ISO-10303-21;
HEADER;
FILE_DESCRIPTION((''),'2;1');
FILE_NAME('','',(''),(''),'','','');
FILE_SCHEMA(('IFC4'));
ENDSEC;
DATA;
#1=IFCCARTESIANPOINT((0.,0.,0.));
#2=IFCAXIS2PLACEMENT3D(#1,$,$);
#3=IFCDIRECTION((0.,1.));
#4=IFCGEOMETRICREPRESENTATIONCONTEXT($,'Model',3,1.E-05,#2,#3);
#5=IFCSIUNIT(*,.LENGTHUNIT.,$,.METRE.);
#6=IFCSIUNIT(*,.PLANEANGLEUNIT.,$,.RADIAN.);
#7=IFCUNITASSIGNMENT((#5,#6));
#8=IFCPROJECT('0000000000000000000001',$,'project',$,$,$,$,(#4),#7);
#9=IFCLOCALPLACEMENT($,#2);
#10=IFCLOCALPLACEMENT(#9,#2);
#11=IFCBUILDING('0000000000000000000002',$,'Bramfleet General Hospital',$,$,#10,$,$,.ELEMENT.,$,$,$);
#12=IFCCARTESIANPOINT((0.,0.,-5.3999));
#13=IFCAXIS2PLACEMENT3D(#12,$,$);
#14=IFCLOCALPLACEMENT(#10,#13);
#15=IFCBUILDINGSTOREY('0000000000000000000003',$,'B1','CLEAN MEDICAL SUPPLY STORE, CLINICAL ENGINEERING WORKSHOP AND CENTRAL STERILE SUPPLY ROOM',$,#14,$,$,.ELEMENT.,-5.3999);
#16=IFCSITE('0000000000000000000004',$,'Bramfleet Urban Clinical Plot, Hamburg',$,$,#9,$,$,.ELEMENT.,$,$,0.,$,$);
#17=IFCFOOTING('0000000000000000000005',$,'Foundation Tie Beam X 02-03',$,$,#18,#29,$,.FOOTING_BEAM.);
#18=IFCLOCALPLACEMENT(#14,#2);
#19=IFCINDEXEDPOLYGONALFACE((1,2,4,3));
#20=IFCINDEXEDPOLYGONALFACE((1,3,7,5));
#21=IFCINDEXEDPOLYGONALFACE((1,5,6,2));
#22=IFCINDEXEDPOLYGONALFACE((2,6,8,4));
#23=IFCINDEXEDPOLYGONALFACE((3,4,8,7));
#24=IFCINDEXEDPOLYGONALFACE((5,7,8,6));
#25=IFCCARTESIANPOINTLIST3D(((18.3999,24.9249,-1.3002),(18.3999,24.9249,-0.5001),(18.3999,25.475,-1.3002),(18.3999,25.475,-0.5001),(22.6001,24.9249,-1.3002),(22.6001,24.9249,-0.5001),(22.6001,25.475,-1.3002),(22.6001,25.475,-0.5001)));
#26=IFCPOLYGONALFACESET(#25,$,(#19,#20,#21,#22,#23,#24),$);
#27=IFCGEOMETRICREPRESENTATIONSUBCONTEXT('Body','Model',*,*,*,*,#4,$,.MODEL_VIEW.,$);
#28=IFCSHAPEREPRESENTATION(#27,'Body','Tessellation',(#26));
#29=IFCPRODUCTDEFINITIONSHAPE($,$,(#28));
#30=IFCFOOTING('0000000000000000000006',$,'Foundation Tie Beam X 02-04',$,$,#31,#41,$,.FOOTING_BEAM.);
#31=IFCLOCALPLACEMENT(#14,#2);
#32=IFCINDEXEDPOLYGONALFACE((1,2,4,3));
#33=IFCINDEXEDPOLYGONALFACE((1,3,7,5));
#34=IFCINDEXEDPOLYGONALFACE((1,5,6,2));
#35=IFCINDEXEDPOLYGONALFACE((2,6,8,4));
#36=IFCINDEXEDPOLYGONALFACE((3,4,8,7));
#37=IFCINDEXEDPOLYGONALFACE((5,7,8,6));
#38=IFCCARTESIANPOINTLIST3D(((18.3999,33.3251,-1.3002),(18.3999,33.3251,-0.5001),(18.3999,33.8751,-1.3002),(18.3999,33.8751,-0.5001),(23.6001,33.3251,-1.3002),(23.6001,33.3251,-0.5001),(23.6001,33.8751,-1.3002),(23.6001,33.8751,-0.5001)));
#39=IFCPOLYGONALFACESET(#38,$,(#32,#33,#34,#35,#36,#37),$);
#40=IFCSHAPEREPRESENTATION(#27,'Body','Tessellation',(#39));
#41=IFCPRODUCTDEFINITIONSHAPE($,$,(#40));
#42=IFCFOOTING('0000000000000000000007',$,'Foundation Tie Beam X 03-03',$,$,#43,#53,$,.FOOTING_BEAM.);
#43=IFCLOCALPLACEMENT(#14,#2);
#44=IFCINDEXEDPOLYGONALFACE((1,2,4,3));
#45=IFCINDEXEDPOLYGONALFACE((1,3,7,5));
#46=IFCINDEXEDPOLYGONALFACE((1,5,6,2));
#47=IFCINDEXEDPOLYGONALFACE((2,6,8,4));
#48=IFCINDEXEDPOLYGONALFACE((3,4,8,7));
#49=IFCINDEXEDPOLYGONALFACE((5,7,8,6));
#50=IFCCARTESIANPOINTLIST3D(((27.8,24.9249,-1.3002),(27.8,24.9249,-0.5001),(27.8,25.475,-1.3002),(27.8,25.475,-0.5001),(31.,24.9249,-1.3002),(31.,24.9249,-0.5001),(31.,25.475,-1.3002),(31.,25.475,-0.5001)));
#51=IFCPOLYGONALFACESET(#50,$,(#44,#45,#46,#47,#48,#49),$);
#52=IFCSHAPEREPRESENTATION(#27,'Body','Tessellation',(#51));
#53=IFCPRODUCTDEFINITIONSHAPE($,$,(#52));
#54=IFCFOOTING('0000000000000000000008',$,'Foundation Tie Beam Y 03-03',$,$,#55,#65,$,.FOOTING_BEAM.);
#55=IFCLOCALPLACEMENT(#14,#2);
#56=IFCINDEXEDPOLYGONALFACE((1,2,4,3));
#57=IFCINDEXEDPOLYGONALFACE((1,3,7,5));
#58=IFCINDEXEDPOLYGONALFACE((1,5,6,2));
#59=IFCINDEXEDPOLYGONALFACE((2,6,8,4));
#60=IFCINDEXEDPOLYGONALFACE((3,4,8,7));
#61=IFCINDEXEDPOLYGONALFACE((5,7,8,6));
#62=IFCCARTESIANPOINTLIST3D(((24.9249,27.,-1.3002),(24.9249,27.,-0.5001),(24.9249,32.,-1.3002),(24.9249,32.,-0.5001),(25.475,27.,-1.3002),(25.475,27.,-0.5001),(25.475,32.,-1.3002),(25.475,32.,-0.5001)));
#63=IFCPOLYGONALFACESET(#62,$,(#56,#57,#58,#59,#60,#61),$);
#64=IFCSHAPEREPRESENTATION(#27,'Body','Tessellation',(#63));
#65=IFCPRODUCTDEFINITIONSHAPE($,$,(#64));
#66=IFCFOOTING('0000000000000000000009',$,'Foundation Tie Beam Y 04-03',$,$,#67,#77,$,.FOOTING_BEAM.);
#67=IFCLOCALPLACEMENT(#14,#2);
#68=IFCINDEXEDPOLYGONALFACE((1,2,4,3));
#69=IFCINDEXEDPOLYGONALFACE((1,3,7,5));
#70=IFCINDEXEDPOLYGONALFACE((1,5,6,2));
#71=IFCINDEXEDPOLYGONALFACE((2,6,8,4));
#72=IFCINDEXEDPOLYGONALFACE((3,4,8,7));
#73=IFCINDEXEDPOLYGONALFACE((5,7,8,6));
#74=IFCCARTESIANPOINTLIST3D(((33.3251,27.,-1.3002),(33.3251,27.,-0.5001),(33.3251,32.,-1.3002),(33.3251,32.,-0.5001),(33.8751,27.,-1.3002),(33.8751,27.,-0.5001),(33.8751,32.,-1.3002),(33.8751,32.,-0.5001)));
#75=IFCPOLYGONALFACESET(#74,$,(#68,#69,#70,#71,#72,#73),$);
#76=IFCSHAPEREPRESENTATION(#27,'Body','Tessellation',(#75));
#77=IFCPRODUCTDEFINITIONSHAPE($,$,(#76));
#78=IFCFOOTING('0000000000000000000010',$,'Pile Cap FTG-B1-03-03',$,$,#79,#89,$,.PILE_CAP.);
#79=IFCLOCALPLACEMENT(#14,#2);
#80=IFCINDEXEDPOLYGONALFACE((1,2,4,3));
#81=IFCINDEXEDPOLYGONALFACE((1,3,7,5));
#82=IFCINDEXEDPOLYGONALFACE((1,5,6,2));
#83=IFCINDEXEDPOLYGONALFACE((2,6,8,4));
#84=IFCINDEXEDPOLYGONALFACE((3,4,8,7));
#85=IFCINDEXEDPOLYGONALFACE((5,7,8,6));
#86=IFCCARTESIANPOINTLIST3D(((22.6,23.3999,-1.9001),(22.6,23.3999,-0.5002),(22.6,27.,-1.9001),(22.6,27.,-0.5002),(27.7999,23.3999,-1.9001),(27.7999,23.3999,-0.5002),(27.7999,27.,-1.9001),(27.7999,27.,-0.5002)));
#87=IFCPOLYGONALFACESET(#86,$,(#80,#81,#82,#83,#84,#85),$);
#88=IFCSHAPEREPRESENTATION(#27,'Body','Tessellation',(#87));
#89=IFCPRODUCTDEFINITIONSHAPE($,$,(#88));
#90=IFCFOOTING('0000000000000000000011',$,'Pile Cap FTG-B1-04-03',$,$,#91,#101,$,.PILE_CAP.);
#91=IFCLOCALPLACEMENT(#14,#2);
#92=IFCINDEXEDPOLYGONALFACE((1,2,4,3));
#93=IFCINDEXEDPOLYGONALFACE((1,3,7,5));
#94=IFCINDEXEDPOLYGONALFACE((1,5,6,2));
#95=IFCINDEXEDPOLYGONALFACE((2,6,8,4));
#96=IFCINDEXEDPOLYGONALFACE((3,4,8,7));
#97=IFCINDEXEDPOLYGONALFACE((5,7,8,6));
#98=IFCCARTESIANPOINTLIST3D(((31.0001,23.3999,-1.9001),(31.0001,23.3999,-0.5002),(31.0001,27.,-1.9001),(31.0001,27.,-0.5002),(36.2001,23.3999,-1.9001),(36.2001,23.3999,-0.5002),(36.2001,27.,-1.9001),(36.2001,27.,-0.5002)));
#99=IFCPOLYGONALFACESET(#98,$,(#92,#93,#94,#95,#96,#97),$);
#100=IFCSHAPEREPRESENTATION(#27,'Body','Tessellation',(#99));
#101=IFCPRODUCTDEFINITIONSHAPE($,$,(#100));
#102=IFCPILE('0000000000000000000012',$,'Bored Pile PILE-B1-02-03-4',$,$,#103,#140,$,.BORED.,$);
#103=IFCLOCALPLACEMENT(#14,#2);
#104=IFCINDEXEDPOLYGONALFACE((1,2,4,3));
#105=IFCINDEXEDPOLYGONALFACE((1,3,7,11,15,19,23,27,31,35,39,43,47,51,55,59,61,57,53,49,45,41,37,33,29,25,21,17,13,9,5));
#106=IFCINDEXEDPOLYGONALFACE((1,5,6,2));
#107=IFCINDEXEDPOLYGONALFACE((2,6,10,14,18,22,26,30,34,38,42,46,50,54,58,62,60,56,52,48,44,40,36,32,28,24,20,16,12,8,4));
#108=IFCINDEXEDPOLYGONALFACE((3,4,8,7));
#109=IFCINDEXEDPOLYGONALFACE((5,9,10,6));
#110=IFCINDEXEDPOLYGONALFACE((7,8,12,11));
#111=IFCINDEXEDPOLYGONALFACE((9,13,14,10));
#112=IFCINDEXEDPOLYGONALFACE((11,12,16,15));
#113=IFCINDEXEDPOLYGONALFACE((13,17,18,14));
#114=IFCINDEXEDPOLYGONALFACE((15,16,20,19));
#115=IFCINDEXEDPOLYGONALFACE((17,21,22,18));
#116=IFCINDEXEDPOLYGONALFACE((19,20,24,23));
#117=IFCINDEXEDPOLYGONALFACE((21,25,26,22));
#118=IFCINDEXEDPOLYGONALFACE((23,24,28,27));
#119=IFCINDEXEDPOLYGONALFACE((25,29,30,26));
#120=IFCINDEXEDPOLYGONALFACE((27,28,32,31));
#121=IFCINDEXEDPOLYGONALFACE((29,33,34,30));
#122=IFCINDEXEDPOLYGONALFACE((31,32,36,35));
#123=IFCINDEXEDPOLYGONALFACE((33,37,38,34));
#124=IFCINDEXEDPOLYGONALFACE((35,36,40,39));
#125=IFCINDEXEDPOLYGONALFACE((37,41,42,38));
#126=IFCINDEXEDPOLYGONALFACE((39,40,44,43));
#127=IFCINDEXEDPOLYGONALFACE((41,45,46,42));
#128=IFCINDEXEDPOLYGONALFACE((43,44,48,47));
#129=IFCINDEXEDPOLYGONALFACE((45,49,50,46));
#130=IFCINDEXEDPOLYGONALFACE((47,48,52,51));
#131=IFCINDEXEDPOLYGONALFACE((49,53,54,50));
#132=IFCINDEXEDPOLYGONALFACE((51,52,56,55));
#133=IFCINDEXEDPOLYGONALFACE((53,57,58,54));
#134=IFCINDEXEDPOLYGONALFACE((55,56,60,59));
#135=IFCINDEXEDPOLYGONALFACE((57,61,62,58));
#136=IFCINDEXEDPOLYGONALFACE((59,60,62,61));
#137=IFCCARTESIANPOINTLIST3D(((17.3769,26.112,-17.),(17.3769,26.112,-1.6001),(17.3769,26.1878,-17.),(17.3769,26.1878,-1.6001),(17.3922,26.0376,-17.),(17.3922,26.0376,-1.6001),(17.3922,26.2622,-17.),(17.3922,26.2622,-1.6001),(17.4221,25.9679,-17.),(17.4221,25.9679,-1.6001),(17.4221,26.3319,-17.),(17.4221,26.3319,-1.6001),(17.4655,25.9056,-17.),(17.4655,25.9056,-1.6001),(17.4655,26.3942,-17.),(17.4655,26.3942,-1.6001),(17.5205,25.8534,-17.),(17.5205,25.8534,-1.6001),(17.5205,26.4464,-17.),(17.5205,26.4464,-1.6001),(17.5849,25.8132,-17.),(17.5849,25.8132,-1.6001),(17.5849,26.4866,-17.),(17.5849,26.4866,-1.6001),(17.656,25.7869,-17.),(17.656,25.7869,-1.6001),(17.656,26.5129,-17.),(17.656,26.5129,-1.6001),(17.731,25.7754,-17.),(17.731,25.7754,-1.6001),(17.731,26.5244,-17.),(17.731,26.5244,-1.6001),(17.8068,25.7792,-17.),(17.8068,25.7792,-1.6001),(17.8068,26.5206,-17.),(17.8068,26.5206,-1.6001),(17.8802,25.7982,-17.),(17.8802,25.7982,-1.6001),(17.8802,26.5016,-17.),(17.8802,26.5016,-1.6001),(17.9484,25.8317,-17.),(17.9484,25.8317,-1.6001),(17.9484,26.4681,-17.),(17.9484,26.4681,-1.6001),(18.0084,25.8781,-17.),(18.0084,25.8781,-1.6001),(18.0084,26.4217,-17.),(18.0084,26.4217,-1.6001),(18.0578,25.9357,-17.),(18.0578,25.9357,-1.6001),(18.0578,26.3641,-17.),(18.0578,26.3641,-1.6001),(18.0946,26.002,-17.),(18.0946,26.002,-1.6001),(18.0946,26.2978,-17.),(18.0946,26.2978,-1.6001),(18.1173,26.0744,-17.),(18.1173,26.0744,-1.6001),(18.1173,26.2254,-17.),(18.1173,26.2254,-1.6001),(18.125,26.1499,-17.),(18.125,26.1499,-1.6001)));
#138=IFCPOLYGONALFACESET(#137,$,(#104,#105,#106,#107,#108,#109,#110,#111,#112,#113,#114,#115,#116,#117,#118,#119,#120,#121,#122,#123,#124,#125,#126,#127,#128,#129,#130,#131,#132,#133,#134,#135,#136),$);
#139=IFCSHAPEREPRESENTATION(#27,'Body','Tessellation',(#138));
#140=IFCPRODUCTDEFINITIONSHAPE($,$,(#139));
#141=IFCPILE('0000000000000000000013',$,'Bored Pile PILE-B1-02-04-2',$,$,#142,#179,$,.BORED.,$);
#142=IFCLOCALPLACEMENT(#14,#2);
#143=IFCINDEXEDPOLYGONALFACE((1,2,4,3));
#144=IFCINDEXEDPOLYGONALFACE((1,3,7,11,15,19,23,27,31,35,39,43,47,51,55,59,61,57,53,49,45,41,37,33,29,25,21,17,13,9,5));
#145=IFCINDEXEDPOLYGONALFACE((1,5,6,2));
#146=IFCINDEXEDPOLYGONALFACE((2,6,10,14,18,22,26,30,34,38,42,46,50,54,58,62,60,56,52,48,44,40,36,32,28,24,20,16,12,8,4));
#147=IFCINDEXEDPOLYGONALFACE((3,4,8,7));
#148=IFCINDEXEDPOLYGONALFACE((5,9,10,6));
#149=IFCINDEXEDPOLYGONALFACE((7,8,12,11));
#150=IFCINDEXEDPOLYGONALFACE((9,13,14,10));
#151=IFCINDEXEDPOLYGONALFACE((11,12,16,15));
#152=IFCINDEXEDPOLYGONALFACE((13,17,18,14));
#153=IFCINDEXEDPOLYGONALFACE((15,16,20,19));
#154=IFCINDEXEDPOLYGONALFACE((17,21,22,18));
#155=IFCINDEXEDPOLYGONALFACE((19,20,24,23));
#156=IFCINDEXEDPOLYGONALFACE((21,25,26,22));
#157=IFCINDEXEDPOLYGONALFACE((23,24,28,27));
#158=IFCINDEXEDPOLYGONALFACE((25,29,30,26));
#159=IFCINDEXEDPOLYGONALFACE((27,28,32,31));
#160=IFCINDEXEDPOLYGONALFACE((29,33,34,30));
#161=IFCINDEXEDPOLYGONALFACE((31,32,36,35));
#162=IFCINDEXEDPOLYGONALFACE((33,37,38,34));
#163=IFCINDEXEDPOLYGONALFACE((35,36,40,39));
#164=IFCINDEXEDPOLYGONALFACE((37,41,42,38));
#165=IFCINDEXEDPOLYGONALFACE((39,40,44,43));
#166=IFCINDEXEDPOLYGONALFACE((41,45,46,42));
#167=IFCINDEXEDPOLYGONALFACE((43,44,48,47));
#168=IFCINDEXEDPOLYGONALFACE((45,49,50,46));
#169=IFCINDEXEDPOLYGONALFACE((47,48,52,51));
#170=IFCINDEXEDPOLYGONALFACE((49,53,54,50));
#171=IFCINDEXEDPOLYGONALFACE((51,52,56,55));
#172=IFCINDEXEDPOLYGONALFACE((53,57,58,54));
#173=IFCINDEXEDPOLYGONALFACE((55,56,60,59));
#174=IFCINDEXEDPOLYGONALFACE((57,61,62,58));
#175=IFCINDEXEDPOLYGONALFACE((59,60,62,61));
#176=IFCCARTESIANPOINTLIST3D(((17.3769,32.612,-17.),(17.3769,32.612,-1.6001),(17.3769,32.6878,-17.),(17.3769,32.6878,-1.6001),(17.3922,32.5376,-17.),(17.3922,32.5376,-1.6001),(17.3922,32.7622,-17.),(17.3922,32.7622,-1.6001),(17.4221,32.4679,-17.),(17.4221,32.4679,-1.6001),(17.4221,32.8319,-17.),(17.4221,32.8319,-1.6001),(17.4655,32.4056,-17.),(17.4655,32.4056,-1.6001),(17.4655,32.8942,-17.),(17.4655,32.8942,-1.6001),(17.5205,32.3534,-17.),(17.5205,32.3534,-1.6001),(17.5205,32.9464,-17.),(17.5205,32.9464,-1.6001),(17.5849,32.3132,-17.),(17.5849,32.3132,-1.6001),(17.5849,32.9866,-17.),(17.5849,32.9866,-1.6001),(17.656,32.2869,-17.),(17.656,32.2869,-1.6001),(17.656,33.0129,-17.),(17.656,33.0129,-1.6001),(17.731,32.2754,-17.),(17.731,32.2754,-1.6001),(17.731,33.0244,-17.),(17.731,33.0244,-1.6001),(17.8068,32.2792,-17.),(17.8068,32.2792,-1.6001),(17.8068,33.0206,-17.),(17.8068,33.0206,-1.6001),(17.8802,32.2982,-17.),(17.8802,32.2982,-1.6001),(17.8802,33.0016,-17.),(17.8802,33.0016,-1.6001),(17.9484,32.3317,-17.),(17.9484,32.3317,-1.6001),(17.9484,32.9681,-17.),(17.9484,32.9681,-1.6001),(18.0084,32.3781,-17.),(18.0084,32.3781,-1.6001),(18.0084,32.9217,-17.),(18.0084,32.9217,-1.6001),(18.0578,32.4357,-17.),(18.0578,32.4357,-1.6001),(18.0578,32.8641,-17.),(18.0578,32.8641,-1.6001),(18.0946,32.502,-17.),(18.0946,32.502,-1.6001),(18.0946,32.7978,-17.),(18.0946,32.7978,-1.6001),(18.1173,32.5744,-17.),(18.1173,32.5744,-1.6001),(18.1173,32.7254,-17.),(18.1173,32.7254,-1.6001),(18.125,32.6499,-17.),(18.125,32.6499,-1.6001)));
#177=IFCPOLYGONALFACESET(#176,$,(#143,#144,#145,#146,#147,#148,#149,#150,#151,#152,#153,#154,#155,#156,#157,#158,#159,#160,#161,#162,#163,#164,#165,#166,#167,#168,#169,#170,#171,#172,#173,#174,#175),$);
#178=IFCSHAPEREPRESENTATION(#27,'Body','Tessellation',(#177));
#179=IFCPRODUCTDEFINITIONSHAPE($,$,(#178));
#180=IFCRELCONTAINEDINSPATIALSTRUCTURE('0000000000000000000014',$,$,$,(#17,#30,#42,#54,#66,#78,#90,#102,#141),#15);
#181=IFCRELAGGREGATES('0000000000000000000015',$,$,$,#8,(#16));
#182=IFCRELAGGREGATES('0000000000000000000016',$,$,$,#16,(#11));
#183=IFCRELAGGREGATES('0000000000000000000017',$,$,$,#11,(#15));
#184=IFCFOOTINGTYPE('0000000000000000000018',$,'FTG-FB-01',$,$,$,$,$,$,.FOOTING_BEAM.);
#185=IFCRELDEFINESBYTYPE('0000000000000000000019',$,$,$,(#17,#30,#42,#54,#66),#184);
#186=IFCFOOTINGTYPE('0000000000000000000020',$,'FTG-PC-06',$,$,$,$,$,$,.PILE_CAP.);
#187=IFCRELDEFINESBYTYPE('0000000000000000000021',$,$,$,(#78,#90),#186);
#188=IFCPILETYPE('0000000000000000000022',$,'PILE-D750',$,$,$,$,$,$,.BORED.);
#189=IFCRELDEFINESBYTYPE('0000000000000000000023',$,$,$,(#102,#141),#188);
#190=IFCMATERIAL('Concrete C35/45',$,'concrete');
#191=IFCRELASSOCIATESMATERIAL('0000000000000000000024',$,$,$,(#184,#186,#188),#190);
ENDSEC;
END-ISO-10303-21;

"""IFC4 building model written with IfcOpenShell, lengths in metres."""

from ifc_helpers import new_model, si_unit, direction, frame, origin, origin_2d, place, context, subcontext, project, spatial, rectangle, circle, extrude, material, material_profile, profile_set, type_object, element, save


model = new_model("IFC4")

# Units and contexts
model_context = context("Model", 3, precision=1e-05, world=origin(), true_north=direction((0.0, 1.0)))
body_context = subcontext(model_context, "Body", "Model", "MODEL_VIEW")
ifc_project = project(units=[si_unit("LENGTHUNIT", "METRE"), si_unit("PLANEANGLEUNIT", "RADIAN")], contexts=[model_context])

# Site, building, storey
site_placement = place(None, origin())
site = spatial("IfcSite", under=ifc_project, at=site_placement, Name="Bramfleet Urban Clinical Plot, Hamburg", CompositionType="ELEMENT", RefElevation=0.0)
building_placement = place(site_placement, origin())
building = spatial("IfcBuilding", under=site, at=building_placement, Name="Bramfleet General Hospital", CompositionType="ELEMENT")
storey_placement = place(building_placement, frame((0.0, 0.0, -5.3999)))
storey = spatial("IfcBuildingStorey", under=building, at=storey_placement, Name="B1", Description="CLEAN MEDICAL SUPPLY STORE, CLINICAL ENGINEERING WORKSHOP AND CENTRAL STERILE SUPPLY ROOM", CompositionType="ELEMENT", Elevation=-5.3999)

# Footings
ifc_material_1 = material(Name="Concrete C35/45", Category="concrete")
ifc_material_profile_1 = material_profile(ifc_material_1, rectangle(XDim=0.55, YDim=0.8, at=origin_2d()), Name="RC FB 800x550")
ifc_profile_set_1 = profile_set([ifc_material_profile_1], Name="Concrete C35/45")
footing_type_1 = type_object("IfcFootingType", Name="FTG-FB-01", PredefinedType="FOOTING_BEAM", material=ifc_profile_set_1)
footing_1_placement = place(storey_placement, frame((18.3999, 25.2, -0.9001), z_axis=(1.0, 0.0, 0.0), x_axis=(0.0, 1.0, 0.0)))
element("IfcFooting", 1, at=footing_1_placement, inside=storey, type_object=footing_type_1, Name="Foundation Tie Beam X 02-03", PredefinedType="FOOTING_BEAM", context=body_context, shape_type="SweptSolid", body=[
    extrude(rectangle(XDim=0.55, YDim=0.8, at=origin_2d()), origin(), (0.0, 0.0, 1.0), 4.2002),
])
footing_2_placement = place(storey_placement, frame((18.3999, 33.6001, -0.9001), z_axis=(1.0, 0.0, 0.0), x_axis=(0.0, 1.0, 0.0)))
element("IfcFooting", 2, at=footing_2_placement, inside=storey, type_object=footing_type_1, Name="Foundation Tie Beam X 02-04", PredefinedType="FOOTING_BEAM", context=body_context, shape_type="SweptSolid", body=[
    extrude(rectangle(XDim=0.55, YDim=0.8, at=origin_2d()), origin(), (0.0, 0.0, 1.0), 5.2002),
])
footing_3_placement = place(storey_placement, frame((27.8, 25.2, -0.9001), z_axis=(1.0, 0.0, 0.0), x_axis=(0.0, 1.0, 0.0)))
element("IfcFooting", 3, at=footing_3_placement, inside=storey, type_object=footing_type_1, Name="Foundation Tie Beam X 03-03", PredefinedType="FOOTING_BEAM", context=body_context, shape_type="SweptSolid", body=[
    extrude(rectangle(XDim=0.55, YDim=0.8, at=origin_2d()), origin(), (0.0, 0.0, 1.0), 3.2),
])
for number, where, z_axis, x_axis, name in (
    (4, (25.2, 27.0, -0.9001), (0.0, 1.0, 0.0), (-1.0, 0.0, 0.0), "Foundation Tie Beam Y 03-03"),
    (5, (33.6001, 27.0, -0.9001), (0.0, 1.0, 0.0), (-1.0, 0.0, 0.0), "Foundation Tie Beam Y 04-03"),
):
    element("IfcFooting", number, at=place(storey_placement, frame(where, z_axis=z_axis, x_axis=x_axis)), inside=storey, type_object=footing_type_1, Name=name, PredefinedType="FOOTING_BEAM", context=body_context, shape_type="SweptSolid", body=[
        extrude(rectangle(XDim=0.55, YDim=0.8, at=origin_2d()), origin(), (0.0, 0.0, 1.0), 5.0),
    ])
footing_type_2 = type_object("IfcFootingType", Name="FTG-PC-06", PredefinedType="PILE_CAP", material=ifc_material_1)
for number, where, z_axis, x_axis, name in (
    (6, (25.2, 25.2, -1.9001), (0.0, 0.0, 1.0), (1.0, 0.0, 0.0), "Pile Cap FTG-B1-03-03"),
    (7, (33.6001, 25.2, -1.9001), (0.0, 0.0, 1.0), (1.0, 0.0, 0.0), "Pile Cap FTG-B1-04-03"),
):
    element("IfcFooting", number, at=place(storey_placement, frame(where, z_axis=z_axis, x_axis=x_axis)), inside=storey, type_object=footing_type_2, Name=name, PredefinedType="PILE_CAP", context=body_context, shape_type="SweptSolid", body=[
        extrude(rectangle(XDim=5.2, YDim=3.6001, at=origin_2d()), origin(), (0.0, 0.0, 1.0), 1.3999),
    ])

# Piles
ifc_material_profile_2 = material_profile(ifc_material_1, circle(Radius=0.375, at=origin_2d()), Name="PILE BORED D750")
ifc_profile_set_2 = profile_set([ifc_material_profile_2], Name="Concrete C35/45")
pile_type_1 = type_object("IfcPileType", Name="PILE-D750", PredefinedType="BORED", material=ifc_profile_set_2)
for number, where, z_axis, x_axis, name in (
    (8, (17.75, 26.1499, -1.6001), (0.0, 0.0, -1.0), (1.0, 0.0, 0.0), "Bored Pile PILE-B1-02-03-4"),
    (9, (17.75, 32.6499, -1.6001), (0.0, 0.0, -1.0), (1.0, 0.0, 0.0), "Bored Pile PILE-B1-02-04-2"),
):
    element("IfcPile", number, at=place(storey_placement, frame(where, z_axis=z_axis, x_axis=x_axis)), inside=storey, type_object=pile_type_1, Name=name, PredefinedType="BORED", context=body_context, shape_type="SweptSolid", body=[
        extrude(circle(Radius=0.375, at=origin_2d()), origin(), (0.0, 0.0, 1.0), 15.3999),
    ])

save(model, "model.ifc")
